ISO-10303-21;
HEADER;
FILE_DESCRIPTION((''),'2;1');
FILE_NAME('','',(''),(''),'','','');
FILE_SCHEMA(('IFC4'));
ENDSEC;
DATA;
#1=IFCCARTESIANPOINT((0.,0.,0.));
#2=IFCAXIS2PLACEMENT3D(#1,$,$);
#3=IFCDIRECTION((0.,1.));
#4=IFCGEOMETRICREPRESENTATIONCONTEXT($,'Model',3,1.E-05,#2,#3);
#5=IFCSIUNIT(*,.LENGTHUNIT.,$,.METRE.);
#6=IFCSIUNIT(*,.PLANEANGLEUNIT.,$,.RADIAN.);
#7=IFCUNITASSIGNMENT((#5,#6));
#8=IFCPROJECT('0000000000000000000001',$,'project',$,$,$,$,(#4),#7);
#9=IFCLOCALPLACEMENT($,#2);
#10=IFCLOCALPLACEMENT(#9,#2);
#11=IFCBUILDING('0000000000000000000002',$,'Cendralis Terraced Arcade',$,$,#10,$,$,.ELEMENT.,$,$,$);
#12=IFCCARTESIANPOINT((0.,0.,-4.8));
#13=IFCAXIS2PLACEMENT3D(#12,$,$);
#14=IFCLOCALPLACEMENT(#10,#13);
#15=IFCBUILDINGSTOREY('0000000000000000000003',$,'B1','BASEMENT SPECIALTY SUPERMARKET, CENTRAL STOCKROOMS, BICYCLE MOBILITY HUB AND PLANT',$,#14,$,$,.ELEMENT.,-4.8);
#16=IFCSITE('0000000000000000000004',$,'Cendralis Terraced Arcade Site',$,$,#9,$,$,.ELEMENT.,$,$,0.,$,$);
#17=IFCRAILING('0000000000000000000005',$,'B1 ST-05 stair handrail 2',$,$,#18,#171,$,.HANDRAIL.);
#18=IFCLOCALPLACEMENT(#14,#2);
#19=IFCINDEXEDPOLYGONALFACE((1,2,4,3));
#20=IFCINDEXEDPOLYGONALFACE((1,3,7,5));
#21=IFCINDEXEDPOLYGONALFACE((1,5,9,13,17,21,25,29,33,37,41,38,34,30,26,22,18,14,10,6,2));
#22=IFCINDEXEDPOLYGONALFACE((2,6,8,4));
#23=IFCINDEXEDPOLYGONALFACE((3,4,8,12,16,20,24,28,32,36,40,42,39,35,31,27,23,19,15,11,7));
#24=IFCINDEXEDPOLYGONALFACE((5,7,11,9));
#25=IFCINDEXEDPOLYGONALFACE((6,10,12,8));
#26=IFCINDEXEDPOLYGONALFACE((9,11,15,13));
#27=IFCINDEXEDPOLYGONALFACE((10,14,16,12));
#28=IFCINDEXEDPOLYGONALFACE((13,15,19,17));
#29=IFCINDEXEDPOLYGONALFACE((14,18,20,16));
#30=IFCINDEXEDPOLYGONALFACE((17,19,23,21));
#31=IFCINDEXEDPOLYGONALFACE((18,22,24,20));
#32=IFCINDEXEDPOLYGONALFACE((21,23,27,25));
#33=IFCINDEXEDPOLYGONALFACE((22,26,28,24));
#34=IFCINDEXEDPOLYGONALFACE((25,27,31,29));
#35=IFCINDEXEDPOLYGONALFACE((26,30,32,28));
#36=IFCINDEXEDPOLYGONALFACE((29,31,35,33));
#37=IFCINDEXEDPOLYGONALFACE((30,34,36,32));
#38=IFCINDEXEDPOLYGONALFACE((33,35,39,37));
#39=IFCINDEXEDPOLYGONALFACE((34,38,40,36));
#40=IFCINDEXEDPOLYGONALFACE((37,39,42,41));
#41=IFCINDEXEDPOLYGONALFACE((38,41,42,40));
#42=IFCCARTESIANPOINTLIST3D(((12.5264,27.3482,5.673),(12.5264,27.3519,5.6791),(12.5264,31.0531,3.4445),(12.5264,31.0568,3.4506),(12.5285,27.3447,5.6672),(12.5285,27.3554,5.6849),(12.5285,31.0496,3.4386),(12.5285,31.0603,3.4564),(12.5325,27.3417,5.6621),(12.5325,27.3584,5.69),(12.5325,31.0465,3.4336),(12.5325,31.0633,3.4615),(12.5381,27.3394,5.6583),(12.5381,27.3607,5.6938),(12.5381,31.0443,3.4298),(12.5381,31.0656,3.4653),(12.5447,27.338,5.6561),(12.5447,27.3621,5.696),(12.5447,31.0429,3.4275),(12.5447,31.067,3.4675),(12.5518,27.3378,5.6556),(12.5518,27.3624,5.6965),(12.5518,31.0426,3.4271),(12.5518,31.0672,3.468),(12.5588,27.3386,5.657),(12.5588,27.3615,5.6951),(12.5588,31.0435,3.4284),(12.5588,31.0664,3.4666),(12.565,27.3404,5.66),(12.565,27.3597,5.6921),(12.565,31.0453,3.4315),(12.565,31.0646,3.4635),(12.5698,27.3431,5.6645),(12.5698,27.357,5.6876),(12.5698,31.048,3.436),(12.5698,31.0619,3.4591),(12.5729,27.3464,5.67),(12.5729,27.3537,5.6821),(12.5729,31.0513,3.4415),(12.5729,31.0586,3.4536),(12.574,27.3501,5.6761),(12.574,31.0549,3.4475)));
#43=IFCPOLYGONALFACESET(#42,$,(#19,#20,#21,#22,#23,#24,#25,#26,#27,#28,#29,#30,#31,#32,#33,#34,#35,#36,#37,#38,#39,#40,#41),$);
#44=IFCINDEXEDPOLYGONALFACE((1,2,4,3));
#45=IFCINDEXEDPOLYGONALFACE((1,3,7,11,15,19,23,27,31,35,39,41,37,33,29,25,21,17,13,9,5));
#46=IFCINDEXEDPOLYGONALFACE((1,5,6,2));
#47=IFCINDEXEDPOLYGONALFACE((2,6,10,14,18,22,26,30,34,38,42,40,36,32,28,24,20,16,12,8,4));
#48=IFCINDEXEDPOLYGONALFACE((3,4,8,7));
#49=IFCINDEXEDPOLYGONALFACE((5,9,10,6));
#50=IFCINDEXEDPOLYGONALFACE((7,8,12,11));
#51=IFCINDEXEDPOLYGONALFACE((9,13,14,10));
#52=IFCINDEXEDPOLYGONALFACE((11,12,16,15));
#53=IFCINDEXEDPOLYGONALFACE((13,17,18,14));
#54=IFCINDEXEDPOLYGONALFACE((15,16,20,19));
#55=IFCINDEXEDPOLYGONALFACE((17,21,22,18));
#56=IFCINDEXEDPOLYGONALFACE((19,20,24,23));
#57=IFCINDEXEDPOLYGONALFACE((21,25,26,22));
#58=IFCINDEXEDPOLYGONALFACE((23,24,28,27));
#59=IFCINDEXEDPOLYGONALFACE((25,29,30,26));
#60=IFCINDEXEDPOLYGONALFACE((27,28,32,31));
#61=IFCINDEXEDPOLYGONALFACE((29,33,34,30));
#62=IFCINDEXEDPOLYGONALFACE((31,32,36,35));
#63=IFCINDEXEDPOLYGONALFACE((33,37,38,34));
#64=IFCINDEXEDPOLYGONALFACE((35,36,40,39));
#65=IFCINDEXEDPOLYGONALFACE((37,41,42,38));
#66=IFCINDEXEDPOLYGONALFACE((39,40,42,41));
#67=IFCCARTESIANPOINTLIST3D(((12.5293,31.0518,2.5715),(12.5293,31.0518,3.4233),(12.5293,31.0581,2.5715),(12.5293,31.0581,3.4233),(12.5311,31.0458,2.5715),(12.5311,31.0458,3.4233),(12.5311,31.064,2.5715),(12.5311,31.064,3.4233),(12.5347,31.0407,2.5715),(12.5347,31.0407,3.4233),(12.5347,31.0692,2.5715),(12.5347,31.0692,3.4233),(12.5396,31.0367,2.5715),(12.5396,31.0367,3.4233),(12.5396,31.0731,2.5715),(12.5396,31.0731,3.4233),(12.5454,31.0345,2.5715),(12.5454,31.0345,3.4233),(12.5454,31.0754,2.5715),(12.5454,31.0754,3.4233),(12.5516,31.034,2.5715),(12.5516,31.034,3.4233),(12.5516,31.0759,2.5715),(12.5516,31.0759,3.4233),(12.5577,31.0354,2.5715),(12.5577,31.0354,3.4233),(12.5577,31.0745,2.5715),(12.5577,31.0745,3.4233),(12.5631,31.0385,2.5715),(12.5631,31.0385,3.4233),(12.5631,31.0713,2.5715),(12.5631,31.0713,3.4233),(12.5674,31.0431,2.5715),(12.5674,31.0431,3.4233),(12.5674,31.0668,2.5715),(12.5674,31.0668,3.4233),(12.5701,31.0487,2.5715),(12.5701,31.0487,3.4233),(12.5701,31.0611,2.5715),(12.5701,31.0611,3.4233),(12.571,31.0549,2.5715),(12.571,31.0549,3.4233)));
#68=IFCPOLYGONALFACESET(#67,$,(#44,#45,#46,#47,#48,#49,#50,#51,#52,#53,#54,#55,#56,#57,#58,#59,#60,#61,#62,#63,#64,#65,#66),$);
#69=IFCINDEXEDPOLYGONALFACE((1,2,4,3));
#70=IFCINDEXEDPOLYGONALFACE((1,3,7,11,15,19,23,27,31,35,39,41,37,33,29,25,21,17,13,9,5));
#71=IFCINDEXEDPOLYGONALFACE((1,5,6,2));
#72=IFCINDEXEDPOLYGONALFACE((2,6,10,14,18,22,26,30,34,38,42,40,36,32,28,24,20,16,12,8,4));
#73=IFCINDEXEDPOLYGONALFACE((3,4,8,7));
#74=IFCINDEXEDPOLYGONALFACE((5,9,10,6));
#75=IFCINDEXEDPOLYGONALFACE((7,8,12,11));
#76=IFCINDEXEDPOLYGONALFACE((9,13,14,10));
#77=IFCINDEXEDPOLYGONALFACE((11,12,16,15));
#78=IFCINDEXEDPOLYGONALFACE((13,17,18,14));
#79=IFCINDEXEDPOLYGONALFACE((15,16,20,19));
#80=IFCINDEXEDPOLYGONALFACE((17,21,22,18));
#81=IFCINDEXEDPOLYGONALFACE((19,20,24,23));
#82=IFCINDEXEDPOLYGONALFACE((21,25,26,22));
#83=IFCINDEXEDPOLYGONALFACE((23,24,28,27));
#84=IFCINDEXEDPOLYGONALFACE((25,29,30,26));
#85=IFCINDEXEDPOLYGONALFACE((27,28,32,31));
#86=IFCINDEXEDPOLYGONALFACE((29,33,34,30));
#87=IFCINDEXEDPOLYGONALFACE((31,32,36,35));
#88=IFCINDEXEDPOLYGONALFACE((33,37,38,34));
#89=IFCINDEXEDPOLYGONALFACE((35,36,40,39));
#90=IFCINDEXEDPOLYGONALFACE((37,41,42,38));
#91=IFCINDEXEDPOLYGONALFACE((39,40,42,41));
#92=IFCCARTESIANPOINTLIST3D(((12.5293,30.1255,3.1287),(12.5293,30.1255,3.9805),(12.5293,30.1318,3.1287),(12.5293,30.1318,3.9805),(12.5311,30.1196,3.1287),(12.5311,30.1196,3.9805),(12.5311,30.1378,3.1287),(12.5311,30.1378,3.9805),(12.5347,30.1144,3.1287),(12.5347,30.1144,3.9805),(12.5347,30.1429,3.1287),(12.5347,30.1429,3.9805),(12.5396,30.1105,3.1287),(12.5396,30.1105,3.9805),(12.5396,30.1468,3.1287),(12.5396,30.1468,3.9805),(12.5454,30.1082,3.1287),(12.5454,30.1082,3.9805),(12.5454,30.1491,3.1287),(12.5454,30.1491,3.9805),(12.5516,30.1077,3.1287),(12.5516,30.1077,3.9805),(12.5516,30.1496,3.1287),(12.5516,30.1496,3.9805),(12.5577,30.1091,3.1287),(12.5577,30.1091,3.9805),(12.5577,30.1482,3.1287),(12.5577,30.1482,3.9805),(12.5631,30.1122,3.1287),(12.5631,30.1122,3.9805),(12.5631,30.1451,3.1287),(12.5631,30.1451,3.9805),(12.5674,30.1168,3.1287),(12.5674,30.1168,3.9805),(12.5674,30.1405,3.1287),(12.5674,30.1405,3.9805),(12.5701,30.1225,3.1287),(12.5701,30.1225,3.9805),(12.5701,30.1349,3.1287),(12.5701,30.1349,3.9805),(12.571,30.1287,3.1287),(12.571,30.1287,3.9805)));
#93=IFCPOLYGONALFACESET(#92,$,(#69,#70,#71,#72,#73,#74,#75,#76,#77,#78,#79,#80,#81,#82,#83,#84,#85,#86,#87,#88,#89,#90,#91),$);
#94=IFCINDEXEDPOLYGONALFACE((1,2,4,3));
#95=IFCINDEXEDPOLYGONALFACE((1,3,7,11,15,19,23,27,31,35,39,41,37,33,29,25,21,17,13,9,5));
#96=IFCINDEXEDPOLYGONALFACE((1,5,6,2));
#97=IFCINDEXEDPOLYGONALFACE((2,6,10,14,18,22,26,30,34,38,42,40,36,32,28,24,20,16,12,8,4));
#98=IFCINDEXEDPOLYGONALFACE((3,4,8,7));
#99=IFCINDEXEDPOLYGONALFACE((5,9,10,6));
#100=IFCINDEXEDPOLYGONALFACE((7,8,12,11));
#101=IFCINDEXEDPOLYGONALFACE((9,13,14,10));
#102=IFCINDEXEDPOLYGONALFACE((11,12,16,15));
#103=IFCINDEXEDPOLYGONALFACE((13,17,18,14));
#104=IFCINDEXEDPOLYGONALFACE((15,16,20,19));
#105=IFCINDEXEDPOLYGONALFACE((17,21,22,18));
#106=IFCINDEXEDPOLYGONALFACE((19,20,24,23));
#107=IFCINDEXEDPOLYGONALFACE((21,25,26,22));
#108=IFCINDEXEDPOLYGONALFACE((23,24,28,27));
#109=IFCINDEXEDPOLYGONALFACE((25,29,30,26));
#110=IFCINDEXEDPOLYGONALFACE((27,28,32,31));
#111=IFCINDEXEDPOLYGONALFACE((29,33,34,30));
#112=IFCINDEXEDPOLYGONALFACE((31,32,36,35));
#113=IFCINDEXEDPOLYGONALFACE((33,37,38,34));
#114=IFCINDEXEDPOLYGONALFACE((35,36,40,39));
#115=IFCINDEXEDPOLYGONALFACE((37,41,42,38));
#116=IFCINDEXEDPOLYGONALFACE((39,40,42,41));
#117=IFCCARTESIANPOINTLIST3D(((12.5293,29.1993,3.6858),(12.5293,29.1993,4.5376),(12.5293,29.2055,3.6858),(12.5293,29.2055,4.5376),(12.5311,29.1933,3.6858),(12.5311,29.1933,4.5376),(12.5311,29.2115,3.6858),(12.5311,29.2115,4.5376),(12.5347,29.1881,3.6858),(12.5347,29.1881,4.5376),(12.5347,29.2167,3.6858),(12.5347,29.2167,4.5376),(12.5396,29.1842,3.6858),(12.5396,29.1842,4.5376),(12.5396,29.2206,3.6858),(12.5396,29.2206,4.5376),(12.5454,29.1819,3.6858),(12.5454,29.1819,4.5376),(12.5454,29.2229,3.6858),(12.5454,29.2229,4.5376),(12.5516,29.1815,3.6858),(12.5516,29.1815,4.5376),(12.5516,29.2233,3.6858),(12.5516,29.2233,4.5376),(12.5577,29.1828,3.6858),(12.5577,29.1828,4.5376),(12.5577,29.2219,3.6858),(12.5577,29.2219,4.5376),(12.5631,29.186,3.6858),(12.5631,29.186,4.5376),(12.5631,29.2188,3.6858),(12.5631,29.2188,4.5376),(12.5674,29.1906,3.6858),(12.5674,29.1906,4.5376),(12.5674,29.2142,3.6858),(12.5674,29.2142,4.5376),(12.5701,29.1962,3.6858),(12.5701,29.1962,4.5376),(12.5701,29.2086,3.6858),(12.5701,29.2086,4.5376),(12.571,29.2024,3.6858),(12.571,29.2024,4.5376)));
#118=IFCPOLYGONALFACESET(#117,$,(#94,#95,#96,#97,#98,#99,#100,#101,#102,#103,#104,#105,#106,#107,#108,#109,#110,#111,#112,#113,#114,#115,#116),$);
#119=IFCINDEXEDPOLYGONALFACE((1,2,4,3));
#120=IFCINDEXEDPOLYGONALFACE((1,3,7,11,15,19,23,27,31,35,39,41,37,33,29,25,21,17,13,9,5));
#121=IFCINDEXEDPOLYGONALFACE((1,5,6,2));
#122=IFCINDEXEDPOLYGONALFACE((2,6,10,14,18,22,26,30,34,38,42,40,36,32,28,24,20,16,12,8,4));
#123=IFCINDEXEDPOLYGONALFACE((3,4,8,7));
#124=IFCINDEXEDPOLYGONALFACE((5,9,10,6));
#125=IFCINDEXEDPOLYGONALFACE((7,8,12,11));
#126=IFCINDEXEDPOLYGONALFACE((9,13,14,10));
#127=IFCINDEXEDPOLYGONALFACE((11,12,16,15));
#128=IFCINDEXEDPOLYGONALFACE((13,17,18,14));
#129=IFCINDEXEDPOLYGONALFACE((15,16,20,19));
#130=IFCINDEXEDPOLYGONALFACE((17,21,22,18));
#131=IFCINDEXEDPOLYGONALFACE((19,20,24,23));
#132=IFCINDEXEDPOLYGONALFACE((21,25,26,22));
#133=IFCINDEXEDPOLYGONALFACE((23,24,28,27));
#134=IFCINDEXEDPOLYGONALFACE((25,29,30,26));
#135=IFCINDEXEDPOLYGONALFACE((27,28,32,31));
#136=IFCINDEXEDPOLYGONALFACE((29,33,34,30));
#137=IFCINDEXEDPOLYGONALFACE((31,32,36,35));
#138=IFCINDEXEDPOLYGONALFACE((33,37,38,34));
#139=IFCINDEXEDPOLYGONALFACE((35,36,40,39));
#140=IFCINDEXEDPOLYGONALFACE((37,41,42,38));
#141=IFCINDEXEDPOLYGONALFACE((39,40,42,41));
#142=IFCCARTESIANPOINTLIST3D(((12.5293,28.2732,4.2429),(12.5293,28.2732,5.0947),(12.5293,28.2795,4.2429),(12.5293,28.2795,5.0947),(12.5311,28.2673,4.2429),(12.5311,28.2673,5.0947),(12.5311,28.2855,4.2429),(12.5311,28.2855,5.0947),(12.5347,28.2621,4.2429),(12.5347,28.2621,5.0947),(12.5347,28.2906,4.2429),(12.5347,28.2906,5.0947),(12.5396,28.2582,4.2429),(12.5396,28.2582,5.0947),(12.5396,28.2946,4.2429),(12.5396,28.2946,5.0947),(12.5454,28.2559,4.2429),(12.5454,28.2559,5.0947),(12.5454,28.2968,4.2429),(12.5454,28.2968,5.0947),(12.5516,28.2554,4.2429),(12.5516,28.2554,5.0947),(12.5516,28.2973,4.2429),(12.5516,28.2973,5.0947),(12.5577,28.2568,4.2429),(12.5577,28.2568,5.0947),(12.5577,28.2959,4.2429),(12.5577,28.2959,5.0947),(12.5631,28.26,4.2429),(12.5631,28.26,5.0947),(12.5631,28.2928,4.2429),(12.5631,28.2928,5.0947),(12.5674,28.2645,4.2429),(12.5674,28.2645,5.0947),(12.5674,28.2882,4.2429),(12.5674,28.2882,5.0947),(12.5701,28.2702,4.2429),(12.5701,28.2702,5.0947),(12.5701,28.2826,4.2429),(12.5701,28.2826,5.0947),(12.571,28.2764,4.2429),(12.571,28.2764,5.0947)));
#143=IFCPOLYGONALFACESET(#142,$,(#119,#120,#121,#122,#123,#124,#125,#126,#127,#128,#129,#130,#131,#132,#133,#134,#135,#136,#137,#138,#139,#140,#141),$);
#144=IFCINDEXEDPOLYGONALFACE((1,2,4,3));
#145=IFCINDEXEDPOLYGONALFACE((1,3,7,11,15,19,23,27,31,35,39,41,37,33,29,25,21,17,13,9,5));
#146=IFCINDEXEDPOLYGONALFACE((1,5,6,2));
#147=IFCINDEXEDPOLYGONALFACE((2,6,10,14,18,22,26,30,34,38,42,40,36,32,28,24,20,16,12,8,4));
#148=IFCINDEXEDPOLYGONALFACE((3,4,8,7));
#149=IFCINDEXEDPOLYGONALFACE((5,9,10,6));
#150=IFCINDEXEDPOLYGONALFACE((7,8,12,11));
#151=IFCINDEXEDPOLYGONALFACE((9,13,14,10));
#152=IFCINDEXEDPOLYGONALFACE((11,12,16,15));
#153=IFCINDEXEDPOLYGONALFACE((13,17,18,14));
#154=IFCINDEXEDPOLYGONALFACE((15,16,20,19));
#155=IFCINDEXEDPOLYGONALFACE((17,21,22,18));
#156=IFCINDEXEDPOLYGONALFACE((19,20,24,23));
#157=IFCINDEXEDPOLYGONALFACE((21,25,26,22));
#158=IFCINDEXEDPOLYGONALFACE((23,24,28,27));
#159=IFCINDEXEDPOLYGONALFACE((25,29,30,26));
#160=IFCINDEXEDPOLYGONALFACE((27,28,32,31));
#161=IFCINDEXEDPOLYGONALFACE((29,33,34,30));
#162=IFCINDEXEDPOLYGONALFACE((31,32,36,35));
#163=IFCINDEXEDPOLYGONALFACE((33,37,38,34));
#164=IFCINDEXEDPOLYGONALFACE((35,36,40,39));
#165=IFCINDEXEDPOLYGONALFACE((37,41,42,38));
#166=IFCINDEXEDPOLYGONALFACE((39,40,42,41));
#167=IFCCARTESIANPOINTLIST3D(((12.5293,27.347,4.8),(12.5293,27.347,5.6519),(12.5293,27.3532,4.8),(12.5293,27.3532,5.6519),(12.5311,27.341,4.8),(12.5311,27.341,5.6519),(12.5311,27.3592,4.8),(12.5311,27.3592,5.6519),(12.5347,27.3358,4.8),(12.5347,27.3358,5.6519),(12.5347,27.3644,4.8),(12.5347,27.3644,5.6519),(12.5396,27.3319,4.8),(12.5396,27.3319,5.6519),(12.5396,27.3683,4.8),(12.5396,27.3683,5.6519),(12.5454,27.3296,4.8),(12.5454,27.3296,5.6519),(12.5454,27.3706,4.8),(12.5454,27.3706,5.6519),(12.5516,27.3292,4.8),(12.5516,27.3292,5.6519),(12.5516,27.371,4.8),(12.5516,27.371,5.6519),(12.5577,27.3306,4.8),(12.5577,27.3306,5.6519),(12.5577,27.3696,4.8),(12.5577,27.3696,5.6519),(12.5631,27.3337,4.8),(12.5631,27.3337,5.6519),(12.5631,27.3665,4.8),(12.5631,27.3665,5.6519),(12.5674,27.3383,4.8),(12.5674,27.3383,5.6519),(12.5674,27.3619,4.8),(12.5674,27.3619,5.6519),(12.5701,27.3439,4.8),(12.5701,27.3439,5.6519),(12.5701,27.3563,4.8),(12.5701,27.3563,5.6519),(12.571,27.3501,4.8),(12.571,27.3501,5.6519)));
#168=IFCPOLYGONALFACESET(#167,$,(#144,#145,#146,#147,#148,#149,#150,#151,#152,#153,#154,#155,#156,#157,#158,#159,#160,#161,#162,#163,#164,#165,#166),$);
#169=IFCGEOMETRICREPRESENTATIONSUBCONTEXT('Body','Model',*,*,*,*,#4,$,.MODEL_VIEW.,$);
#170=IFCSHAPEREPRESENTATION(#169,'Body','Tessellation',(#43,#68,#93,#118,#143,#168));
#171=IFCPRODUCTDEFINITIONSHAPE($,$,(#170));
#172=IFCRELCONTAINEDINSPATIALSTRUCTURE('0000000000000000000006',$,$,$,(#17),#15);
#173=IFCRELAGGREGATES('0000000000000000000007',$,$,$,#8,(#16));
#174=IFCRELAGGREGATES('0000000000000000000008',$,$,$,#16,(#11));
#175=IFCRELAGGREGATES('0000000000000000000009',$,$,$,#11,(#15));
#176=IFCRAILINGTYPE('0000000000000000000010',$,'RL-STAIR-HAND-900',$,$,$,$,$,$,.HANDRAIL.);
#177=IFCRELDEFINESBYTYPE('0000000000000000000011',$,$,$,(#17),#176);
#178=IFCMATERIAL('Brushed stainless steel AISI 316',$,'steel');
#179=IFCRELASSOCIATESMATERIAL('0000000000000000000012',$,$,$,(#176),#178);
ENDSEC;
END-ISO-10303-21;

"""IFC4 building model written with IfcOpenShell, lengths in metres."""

from ifc_helpers import new_model, si_unit, direction, frame, origin, origin_2d, place, context, subcontext, project, spatial, circle, extrude, material, type_object, element, save


model = new_model("IFC4")

# Units and contexts
model_context = context("Model", 3, precision=1e-05, world=origin(), true_north=direction((0.0, 1.0)))
body_context = subcontext(model_context, "Body", "Model", "MODEL_VIEW")
ifc_project = project(units=[si_unit("LENGTHUNIT", "METRE"), si_unit("PLANEANGLEUNIT", "RADIAN")], contexts=[model_context])

# Site, building, storey
site_placement = place(None, origin())
site = spatial("IfcSite", under=ifc_project, at=site_placement, Name="Cendralis Terraced Arcade Site", CompositionType="ELEMENT", RefElevation=0.0)
building_placement = place(site_placement, origin())
building = spatial("IfcBuilding", under=site, at=building_placement, Name="Cendralis Terraced Arcade", CompositionType="ELEMENT")
storey_placement = place(building_placement, frame((0.0, 0.0, -4.8)))
storey = spatial("IfcBuildingStorey", under=building, at=storey_placement, Name="B1", Description="BASEMENT SPECIALTY SUPERMARKET, CENTRAL STOCKROOMS, BICYCLE MOBILITY HUB AND PLANT", CompositionType="ELEMENT", Elevation=-4.8)

# Railing
ifc_material_1 = material(Name="Brushed stainless steel AISI 316", Category="steel")
railing_type_1 = type_object("IfcRailingType", Name="RL-STAIR-HAND-900", PredefinedType="HANDRAIL", material=ifc_material_1)
railing_1_placement = place(storey_placement, frame((12.55, 31.0549, 2.5715)))
element("IfcRailing", 1, at=railing_1_placement, inside=storey, type_object=railing_type_1, Name="B1 ST-05 stair handrail 2", PredefinedType="HANDRAIL", context=body_context, shape_type="SweptSolid", body=[
    extrude(circle(Radius=0.0239, at=origin_2d()), frame((0.0, 0.0, 0.876), z_axis=(0.0, -0.856919, 0.51545), x_axis=(1.0, 0.0, 0.0)), (0.0, 0.0, 1.0), 4.3235),
    extrude(circle(Radius=0.021, at=origin_2d()), origin(), (0.0, 0.0, 1.0), 0.8518),
    extrude(circle(Radius=0.021, at=origin_2d()), frame((0.0, -0.9263, 0.5571)), (0.0, 0.0, 1.0), 0.8518),
    extrude(circle(Radius=0.021, at=origin_2d()), frame((0.0, -1.8525, 1.1143)), (0.0, 0.0, 1.0), 0.8518),
    extrude(circle(Radius=0.021, at=origin_2d()), frame((0.0, -2.7786, 1.6714)), (0.0, 0.0, 1.0), 0.8518),
    extrude(circle(Radius=0.021, at=origin_2d()), frame((0.0, -3.7048, 2.2285)), (0.0, 0.0, 1.0), 0.8518),
])

save(model, "model.ifc")
